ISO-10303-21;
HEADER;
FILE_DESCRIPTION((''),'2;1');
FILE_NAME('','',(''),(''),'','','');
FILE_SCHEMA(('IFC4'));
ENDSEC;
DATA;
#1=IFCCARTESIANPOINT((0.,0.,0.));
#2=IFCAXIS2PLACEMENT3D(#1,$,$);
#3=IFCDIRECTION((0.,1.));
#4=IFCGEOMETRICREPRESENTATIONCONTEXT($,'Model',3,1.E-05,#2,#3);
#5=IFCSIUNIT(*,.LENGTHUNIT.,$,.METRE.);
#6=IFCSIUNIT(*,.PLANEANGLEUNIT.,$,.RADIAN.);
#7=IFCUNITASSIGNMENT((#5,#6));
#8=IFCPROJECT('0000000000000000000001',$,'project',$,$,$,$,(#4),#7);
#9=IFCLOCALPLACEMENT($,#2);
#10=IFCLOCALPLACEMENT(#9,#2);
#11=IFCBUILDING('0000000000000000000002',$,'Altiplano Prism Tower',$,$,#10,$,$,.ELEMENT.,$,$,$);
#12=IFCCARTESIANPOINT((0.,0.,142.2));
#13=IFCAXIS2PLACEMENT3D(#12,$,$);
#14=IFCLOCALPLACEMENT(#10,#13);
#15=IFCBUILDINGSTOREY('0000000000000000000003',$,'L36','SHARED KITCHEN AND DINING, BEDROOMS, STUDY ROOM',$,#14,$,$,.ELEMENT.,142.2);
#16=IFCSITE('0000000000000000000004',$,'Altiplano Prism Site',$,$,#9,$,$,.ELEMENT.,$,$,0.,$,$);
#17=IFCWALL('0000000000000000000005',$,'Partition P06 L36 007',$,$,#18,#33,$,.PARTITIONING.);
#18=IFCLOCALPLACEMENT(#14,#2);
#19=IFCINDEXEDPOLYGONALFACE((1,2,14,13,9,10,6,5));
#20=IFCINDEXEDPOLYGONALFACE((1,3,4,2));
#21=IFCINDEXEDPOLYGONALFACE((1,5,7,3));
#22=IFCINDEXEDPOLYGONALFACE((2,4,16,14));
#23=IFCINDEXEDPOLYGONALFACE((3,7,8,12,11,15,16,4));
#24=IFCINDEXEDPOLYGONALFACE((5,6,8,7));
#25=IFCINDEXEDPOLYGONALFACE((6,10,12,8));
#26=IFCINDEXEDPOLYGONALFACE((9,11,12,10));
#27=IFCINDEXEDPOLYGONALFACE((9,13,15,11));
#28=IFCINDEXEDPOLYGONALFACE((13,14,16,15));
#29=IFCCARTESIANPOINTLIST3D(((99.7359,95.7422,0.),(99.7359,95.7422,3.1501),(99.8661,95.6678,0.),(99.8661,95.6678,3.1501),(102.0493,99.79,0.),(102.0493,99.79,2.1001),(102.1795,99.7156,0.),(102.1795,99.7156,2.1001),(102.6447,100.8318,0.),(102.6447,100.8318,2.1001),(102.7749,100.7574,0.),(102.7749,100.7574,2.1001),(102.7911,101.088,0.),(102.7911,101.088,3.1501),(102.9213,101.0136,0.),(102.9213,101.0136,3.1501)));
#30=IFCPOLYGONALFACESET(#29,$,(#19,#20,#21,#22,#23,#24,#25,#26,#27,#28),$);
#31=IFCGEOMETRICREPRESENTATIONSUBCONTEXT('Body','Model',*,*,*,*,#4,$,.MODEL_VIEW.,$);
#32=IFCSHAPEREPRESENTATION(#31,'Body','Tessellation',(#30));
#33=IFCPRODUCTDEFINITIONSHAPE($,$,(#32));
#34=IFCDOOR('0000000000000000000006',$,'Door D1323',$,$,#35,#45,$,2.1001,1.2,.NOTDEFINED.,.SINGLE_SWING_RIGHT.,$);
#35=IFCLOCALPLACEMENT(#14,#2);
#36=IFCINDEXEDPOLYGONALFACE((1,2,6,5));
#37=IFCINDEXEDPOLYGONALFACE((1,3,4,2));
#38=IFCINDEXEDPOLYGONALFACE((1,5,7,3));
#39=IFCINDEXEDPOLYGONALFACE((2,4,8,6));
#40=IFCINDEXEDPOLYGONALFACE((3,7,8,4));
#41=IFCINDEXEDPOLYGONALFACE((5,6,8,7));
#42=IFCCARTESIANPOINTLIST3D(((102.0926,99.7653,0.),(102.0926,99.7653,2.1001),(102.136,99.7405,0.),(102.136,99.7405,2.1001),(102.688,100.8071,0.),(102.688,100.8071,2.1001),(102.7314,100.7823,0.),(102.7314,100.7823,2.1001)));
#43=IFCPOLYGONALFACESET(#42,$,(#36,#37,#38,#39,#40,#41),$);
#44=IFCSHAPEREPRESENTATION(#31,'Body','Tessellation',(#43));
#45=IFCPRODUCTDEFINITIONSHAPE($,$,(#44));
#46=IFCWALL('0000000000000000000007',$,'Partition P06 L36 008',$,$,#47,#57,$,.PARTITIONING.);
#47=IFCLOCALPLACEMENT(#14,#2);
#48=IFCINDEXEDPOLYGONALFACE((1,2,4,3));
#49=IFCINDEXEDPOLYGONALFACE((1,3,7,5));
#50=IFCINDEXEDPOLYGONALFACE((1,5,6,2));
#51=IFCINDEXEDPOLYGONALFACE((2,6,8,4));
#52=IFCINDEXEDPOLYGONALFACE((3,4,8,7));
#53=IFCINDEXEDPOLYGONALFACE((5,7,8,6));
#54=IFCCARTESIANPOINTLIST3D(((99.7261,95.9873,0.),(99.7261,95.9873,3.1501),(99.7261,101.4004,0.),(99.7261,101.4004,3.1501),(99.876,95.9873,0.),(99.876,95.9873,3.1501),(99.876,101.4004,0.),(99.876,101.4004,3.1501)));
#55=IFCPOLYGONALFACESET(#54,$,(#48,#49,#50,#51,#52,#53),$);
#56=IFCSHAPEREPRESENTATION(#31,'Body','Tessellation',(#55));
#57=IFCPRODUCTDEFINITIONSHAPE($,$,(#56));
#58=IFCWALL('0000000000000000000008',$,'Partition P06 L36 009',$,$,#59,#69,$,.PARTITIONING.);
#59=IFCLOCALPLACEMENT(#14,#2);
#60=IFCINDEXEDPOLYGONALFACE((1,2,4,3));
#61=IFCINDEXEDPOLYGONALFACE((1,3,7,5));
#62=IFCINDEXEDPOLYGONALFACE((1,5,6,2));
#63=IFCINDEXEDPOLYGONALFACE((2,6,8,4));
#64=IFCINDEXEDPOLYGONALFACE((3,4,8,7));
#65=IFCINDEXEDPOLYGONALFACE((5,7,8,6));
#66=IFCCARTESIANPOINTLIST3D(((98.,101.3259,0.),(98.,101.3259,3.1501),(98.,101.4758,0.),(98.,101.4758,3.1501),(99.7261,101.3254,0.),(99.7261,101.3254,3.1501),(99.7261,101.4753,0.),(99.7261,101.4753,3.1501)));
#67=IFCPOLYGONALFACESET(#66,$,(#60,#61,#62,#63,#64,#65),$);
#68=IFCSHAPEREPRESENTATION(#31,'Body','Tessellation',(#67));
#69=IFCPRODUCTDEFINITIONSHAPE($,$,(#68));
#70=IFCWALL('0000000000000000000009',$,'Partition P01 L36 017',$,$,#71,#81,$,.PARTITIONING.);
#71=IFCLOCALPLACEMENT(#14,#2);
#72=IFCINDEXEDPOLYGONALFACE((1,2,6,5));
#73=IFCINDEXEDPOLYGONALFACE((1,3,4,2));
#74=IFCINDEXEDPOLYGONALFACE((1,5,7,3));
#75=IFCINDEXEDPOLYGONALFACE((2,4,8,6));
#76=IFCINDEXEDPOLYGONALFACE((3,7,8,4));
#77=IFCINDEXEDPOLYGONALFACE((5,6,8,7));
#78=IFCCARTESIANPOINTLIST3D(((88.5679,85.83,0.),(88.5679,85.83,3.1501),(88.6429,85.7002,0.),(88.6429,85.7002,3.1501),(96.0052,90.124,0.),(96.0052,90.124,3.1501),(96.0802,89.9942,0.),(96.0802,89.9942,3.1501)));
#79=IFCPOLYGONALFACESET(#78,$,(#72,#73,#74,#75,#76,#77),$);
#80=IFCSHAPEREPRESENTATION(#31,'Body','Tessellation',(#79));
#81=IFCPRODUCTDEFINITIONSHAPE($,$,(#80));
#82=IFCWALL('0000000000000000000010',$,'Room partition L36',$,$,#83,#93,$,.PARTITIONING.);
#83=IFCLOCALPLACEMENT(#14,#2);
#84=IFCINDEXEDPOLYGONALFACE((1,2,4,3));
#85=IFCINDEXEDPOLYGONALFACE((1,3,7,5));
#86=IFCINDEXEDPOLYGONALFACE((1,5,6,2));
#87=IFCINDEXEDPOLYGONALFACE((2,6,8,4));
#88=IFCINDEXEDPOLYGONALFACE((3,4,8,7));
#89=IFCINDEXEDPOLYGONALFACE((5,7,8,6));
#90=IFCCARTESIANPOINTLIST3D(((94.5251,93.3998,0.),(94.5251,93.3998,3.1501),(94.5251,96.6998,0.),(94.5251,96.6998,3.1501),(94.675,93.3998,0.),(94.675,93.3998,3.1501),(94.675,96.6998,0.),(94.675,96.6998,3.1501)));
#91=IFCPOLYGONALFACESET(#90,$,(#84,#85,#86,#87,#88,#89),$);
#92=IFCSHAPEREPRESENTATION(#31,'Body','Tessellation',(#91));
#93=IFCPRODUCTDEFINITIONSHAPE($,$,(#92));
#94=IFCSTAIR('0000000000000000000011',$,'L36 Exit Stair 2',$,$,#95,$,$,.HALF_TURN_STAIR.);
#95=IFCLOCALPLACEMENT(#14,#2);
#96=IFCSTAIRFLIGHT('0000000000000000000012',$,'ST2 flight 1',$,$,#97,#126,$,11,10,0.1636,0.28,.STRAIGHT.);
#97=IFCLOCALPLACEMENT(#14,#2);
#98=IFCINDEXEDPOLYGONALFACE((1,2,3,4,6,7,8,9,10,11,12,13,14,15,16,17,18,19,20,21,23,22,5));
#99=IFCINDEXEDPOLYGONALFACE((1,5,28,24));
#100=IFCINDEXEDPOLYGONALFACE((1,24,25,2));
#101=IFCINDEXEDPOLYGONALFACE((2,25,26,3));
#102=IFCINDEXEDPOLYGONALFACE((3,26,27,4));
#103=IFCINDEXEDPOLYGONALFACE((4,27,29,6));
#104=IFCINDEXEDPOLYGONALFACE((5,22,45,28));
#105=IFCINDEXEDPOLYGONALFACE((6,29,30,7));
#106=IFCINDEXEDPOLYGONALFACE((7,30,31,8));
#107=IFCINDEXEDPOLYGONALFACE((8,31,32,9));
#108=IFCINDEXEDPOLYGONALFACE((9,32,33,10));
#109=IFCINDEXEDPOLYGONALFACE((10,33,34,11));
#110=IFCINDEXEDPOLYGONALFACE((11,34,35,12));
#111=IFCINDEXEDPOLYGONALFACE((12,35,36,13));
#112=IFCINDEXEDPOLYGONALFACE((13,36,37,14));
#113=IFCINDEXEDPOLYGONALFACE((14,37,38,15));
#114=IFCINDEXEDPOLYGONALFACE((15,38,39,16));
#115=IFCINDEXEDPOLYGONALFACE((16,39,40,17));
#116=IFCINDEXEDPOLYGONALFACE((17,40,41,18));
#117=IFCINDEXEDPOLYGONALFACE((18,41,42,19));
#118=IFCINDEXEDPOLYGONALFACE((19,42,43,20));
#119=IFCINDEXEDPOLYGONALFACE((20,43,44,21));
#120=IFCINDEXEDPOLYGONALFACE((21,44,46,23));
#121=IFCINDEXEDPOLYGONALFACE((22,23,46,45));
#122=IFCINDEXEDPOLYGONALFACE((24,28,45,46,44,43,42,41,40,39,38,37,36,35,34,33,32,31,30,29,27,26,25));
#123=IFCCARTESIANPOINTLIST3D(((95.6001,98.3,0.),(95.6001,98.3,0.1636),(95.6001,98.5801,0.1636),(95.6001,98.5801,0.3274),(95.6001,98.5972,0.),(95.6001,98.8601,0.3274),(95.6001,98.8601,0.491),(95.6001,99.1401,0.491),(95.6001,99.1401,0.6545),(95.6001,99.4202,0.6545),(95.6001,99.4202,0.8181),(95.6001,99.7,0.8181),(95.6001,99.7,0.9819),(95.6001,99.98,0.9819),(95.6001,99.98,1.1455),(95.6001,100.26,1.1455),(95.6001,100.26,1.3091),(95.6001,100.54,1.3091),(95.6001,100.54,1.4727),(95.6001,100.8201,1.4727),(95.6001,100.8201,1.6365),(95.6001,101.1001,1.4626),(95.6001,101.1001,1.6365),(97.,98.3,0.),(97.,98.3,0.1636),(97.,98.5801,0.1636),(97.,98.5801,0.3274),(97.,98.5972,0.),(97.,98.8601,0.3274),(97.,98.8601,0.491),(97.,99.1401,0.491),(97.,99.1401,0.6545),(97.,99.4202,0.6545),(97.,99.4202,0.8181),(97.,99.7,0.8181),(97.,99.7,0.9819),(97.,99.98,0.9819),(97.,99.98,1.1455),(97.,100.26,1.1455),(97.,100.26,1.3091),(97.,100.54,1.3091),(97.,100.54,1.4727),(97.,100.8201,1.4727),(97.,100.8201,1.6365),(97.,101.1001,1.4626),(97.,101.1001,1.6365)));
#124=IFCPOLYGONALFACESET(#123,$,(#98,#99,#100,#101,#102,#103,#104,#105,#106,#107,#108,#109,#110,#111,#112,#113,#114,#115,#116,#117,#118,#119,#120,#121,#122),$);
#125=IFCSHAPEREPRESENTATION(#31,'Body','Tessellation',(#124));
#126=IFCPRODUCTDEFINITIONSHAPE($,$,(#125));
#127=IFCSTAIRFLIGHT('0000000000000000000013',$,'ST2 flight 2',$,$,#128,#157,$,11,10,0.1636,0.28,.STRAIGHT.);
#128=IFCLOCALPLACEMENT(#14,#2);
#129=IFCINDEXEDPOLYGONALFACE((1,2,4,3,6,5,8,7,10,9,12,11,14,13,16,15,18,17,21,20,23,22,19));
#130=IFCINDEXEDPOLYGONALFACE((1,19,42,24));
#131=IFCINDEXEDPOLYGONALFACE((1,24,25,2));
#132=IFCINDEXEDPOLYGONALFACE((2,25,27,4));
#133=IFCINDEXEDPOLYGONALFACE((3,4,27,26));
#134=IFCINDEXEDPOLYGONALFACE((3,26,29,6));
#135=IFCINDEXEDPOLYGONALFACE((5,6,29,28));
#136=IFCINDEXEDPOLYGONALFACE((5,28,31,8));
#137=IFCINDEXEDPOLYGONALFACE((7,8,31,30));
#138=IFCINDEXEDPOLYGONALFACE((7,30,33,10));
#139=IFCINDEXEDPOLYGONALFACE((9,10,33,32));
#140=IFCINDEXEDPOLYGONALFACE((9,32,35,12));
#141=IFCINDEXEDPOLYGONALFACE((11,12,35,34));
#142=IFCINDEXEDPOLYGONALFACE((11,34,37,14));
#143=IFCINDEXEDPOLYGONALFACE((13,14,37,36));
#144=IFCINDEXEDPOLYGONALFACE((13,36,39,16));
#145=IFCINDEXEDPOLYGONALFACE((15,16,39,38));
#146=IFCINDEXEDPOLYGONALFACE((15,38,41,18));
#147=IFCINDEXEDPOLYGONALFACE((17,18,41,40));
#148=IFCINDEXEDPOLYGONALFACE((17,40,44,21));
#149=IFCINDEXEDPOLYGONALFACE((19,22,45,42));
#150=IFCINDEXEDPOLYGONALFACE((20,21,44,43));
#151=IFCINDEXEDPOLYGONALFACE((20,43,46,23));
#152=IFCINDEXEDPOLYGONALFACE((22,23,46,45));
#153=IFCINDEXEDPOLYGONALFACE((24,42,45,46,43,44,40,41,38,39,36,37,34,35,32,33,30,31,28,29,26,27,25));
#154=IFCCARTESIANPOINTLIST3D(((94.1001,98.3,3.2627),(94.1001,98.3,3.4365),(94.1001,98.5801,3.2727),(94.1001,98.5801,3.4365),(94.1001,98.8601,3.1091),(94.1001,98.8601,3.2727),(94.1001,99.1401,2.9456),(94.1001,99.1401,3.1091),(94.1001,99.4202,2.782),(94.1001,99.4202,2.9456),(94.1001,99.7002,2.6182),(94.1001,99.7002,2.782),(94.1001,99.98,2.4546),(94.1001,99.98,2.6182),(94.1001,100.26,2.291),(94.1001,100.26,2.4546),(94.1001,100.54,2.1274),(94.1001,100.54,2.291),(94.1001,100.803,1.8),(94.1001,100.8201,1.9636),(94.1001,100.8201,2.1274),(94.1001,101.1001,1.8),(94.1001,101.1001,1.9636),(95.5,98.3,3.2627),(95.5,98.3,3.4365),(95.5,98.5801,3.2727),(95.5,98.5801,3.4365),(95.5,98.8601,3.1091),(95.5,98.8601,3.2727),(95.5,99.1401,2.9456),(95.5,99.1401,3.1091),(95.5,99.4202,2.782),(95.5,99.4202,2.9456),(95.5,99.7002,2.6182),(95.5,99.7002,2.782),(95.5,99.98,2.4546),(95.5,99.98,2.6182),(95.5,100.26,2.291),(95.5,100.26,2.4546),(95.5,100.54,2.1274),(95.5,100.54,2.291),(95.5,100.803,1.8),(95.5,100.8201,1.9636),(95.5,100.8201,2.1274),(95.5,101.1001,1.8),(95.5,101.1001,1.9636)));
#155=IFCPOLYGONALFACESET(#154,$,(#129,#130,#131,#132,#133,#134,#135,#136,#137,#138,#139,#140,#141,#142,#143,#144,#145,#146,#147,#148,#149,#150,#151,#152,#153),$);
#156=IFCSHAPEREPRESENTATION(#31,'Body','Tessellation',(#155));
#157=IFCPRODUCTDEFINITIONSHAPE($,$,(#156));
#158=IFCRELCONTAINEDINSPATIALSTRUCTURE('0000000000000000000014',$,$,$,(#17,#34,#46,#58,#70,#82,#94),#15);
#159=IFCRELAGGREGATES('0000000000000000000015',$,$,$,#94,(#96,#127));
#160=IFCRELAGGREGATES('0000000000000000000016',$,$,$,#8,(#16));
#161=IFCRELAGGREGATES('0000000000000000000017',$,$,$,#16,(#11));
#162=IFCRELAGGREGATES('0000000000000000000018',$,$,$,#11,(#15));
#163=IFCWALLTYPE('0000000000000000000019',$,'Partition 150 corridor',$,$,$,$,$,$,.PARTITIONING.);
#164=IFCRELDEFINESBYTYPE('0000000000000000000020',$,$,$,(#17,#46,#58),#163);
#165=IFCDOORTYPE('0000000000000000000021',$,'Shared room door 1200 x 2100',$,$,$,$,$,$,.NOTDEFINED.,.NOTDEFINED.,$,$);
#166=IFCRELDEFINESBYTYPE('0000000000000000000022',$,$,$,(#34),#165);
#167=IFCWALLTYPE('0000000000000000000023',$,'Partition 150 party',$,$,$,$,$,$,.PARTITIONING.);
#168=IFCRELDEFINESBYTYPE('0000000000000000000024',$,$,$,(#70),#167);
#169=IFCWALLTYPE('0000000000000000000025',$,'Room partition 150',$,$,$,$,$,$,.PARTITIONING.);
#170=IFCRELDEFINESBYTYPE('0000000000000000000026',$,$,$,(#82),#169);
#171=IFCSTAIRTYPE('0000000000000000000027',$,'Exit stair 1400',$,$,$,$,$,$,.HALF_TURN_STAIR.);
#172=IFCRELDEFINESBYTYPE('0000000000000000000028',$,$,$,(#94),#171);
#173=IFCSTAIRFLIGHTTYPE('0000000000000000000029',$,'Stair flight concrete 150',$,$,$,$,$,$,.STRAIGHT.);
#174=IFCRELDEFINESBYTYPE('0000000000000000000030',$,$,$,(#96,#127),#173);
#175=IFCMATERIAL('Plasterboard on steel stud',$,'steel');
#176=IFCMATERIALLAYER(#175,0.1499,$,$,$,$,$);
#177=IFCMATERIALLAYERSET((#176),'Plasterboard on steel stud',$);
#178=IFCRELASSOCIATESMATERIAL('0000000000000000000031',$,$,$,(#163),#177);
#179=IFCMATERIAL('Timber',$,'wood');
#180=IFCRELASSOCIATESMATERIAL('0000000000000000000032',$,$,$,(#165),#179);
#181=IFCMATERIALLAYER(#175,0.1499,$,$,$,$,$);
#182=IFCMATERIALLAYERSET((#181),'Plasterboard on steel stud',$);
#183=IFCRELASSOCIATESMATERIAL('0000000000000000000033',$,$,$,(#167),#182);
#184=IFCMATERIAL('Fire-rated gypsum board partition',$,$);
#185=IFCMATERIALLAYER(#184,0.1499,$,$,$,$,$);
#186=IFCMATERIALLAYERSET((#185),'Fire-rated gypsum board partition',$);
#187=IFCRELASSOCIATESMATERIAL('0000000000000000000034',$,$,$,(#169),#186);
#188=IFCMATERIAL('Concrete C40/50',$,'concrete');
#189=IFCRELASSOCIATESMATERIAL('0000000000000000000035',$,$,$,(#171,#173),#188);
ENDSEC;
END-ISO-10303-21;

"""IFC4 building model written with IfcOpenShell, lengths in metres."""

from ifc_helpers import new_model, si_unit, direction, frame, frame_2d, origin, place, context, subcontext, project, spatial, polyline, rectangle, outline, extrude, material, layer, layer_set, type_object, element, fill, aggregate, save


model = new_model("IFC4")

# Units and contexts
model_context = context("Model", 3, precision=1e-05, world=origin(), true_north=direction((0.0, 1.0)))
body_context = subcontext(model_context, "Body", "Model", "MODEL_VIEW")
ifc_project = project(units=[si_unit("LENGTHUNIT", "METRE"), si_unit("PLANEANGLEUNIT", "RADIAN")], contexts=[model_context])

# Site, building, storey
site_placement = place(None, origin())
site = spatial("IfcSite", under=ifc_project, at=site_placement, Name="Altiplano Prism Site", CompositionType="ELEMENT", RefElevation=0.0)
building_placement = place(site_placement, origin())
building = spatial("IfcBuilding", under=site, at=building_placement, Name="Altiplano Prism Tower", CompositionType="ELEMENT")
storey_placement = place(building_placement, frame((0.0, 0.0, 142.2)))
storey = spatial("IfcBuildingStorey", under=building, at=storey_placement, Name="L36", Description="SHARED KITCHEN AND DINING, BEDROOMS, STUDY ROOM", CompositionType="ELEMENT", Elevation=142.2)

# Shared definitions
ifc_material_1 = material(Name="Plasterboard on steel stud", Category="steel")
ifc_layer_1 = layer(ifc_material_1, 0.1499)
ifc_layer_set_1 = layer_set([ifc_layer_1], Name="Plasterboard on steel stud")
wall_type_1 = type_object("IfcWallType", Name="Partition 150 corridor", PredefinedType="PARTITIONING", material=ifc_layer_set_1)
ifc_material_2 = material(Name="Timber", Category="wood")
door_type_1 = type_object("IfcDoorType", Name="Shared room door 1200 x 2100", OperationType="NOTDEFINED", PredefinedType="NOTDEFINED", material=ifc_material_2)

# Wall, opening, door
wall_1_placement = place(storey_placement, frame((102.8562, 101.0508, 0.0), z_axis=(0.0, 0.0, 1.0), x_axis=(-0.496199, -0.868209, 0.0)))
wall_1 = element("IfcWall", 1, at=wall_1_placement, inside=storey, type_object=wall_type_1, Name="Partition P06 L36 007", PredefinedType="PARTITIONING", context=body_context, shape_type="SweptSolid", body=[
    extrude(rectangle(XDim=6.1572, YDim=0.1499, at=frame_2d((3.0786, 0.0))), origin(), (0.0, 0.0, 1.0), 3.1501),
])
opening_1_placement = place(wall_1_placement, frame((0.2949, 0.0, 0.0)))
opening_1 = element("IfcOpeningElement", 2, at=opening_1_placement, cuts=wall_1, PredefinedType="OPENING", context=body_context, shape_type="SweptSolid", body=[
    extrude(rectangle(XDim=1.2, YDim=2.1001, at=frame_2d((0.6001, 1.05))), frame((0.0, 0.0854, 0.0), z_axis=(0.0, -1.0, 0.0), x_axis=(1.0, 0.0, 0.0)), (0.0, 0.0, 1.0), 0.1709),
])
door_1_placement = place(opening_1_placement, origin())
door_1 = element("IfcDoor", 3, at=door_1_placement, inside=storey, type_object=door_type_1, Name="Door D1323", OperationType="SINGLE_SWING_RIGHT", OverallHeight=2.1001, OverallWidth=1.2, PredefinedType="NOTDEFINED", context=body_context, shape_type="SweptSolid", body=[
    extrude(rectangle(XDim=1.2, YDim=2.1001, at=frame_2d((0.6001, 1.05))), frame((0.0, 0.0249, 0.0), z_axis=(0.0, -1.0, 0.0), x_axis=(1.0, 0.0, 0.0)), (0.0, 0.0, 1.0), 0.05),
])
fill(opening_1, door_1)

# Walls
wall_2_placement = place(storey_placement, frame((99.801, 95.9873, 0.0), z_axis=(0.0, 0.0, 1.0), x_axis=(0.0, 1.0, 0.0)))
element("IfcWall", 4, at=wall_2_placement, inside=storey, type_object=wall_type_1, Name="Partition P06 L36 008", PredefinedType="PARTITIONING", context=body_context, shape_type="SweptSolid", body=[
    extrude(rectangle(XDim=5.4131, YDim=0.1499, at=frame_2d((2.7065, 0.0))), origin(), (0.0, 0.0, 1.0), 3.1501),
])
wall_3_placement = place(storey_placement, frame((99.7261, 101.4004, 0.0), z_axis=(0.0, 0.0, 1.0), x_axis=(-1.0, 0.000283, 0.0)))
element("IfcWall", 5, at=wall_3_placement, inside=storey, type_object=wall_type_1, Name="Partition P06 L36 009", PredefinedType="PARTITIONING", context=body_context, shape_type="SweptSolid", body=[
    extrude(rectangle(XDim=1.7261, YDim=0.1499, at=frame_2d((0.863, 0.0))), origin(), (0.0, 0.0, 1.0), 3.1501),
])
ifc_layer_2 = layer(ifc_material_1, 0.1499)
ifc_layer_set_2 = layer_set([ifc_layer_2], Name="Plasterboard on steel stud")
wall_type_2 = type_object("IfcWallType", Name="Partition 150 party", PredefinedType="PARTITIONING", material=ifc_layer_set_2)
wall_4_placement = place(storey_placement, frame((96.0427, 90.0591, 0.0), z_axis=(0.0, 0.0, 1.0), x_axis=(-0.866023, -0.500004, 0.0)))
element("IfcWall", 6, at=wall_4_placement, inside=storey, type_object=wall_type_2, Name="Partition P01 L36 017", PredefinedType="PARTITIONING", context=body_context, shape_type="SweptSolid", body=[
    extrude(rectangle(XDim=8.5879, YDim=0.1499, at=frame_2d((4.2939, 0.0))), origin(), (0.0, 0.0, 1.0), 3.1501),
])
ifc_material_3 = material(Name="Fire-rated gypsum board partition")
ifc_layer_3 = layer(ifc_material_3, 0.1499)
ifc_layer_set_3 = layer_set([ifc_layer_3], Name="Fire-rated gypsum board partition")
wall_type_3 = type_object("IfcWallType", Name="Room partition 150", PredefinedType="PARTITIONING", material=ifc_layer_set_3)
wall_5_placement = place(storey_placement, frame((94.6001, 93.3999, 0.0), z_axis=(0.0, 0.0, 1.0), x_axis=(0.0, 1.0, 0.0)))
element("IfcWall", 7, at=wall_5_placement, inside=storey, type_object=wall_type_3, Name="Room partition L36", PredefinedType="PARTITIONING", context=body_context, shape_type="SweptSolid", body=[
    extrude(rectangle(XDim=3.3, YDim=0.1499, at=frame_2d((1.6499, 0.0))), origin(), (0.0, 0.0, 1.0), 3.1501),
])

# Stair, stair flights
ifc_material_4 = material(Name="Concrete C40/50", Category="concrete")
stair_type = type_object("IfcStairType", Name="Exit stair 1400", PredefinedType="HALF_TURN_STAIR", material=ifc_material_4)
stair_placement = place(storey_placement, origin())
stair = element("IfcStair", 8, at=stair_placement, inside=storey, type_object=stair_type, Name="L36 Exit Stair 2", PredefinedType="HALF_TURN_STAIR")
stair_flight_type = type_object("IfcStairFlightType", Name="Stair flight concrete 150", PredefinedType="STRAIGHT", material=ifc_material_4)
stair_flight_1_placement = place(storey_placement, frame((96.3, 98.3, 0.0), z_axis=(0.0, 0.0, 1.0), x_axis=(0.0, 1.0, 0.0)))
stair_flight_1 = element("IfcStairFlight", 9, at=stair_flight_1_placement, type_object=stair_flight_type, Name="ST2 flight 1", NumberOfRisers=11, NumberOfTreads=10, PredefinedType="STRAIGHT", RiserHeight=0.1636, TreadLength=0.28, context=body_context, shape_type="SweptSolid", body=[
    extrude(outline(polyline([(0.0, 0.0), (0.0, 0.1636), (0.28, 0.1636), (0.28, 0.3274), (0.5601, 0.3274), (0.5601, 0.491), (0.8401, 0.491), (0.8401, 0.6545), (1.1201, 0.6545), (1.1201, 0.8181), (1.3999, 0.8181), (1.3999, 0.9819), (1.6799, 0.9819), (1.6799, 1.1455), (1.96, 1.1455), (1.96, 1.3091), (2.24, 1.3091), (2.24, 1.4727), (2.52, 1.4727), (2.52, 1.6365), (2.8, 1.6365), (2.8, 1.8), (2.8, 1.4626), (0.2971, 0.0), (0.0, 0.0)])), frame((0.0, 0.7, 0.0), z_axis=(0.0, -1.0, 0.0), x_axis=(1.0, 0.0, 0.0)), (0.0, 0.0, 1.0), 1.3999),
])
stair_flight_2_placement = place(storey_placement, frame((94.8, 101.1001, 1.8), z_axis=(0.0, 0.0, 1.0), x_axis=(0.0, -1.0, 0.0)))
stair_flight_2 = element("IfcStairFlight", 10, at=stair_flight_2_placement, type_object=stair_flight_type, Name="ST2 flight 2", NumberOfRisers=11, NumberOfTreads=10, PredefinedType="STRAIGHT", RiserHeight=0.1636, TreadLength=0.28, context=body_context, shape_type="SweptSolid", body=[
    extrude(outline(polyline([(0.0, 0.0), (0.0, 0.1636), (0.28, 0.1636), (0.28, 0.3274), (0.5601, 0.3274), (0.5601, 0.491), (0.8401, 0.491), (0.8401, 0.6545), (1.1201, 0.6545), (1.1201, 0.8181), (1.3999, 0.8181), (1.3999, 0.9819), (1.6799, 0.9819), (1.6799, 1.1455), (1.96, 1.1455), (1.96, 1.3091), (2.24, 1.3091), (2.24, 1.4727), (2.52, 1.4727), (2.52, 1.6365), (2.8, 1.6365), (2.8, 1.8), (2.8, 1.4626), (0.2971, 0.0), (0.0, 0.0)])), frame((0.0, 0.7, 0.0), z_axis=(0.0, -1.0, 0.0), x_axis=(1.0, 0.0, 0.0)), (0.0, 0.0, 1.0), 1.3999),
])
aggregate(stair, [stair_flight_1, stair_flight_2])

save(model, "model.ifc")
